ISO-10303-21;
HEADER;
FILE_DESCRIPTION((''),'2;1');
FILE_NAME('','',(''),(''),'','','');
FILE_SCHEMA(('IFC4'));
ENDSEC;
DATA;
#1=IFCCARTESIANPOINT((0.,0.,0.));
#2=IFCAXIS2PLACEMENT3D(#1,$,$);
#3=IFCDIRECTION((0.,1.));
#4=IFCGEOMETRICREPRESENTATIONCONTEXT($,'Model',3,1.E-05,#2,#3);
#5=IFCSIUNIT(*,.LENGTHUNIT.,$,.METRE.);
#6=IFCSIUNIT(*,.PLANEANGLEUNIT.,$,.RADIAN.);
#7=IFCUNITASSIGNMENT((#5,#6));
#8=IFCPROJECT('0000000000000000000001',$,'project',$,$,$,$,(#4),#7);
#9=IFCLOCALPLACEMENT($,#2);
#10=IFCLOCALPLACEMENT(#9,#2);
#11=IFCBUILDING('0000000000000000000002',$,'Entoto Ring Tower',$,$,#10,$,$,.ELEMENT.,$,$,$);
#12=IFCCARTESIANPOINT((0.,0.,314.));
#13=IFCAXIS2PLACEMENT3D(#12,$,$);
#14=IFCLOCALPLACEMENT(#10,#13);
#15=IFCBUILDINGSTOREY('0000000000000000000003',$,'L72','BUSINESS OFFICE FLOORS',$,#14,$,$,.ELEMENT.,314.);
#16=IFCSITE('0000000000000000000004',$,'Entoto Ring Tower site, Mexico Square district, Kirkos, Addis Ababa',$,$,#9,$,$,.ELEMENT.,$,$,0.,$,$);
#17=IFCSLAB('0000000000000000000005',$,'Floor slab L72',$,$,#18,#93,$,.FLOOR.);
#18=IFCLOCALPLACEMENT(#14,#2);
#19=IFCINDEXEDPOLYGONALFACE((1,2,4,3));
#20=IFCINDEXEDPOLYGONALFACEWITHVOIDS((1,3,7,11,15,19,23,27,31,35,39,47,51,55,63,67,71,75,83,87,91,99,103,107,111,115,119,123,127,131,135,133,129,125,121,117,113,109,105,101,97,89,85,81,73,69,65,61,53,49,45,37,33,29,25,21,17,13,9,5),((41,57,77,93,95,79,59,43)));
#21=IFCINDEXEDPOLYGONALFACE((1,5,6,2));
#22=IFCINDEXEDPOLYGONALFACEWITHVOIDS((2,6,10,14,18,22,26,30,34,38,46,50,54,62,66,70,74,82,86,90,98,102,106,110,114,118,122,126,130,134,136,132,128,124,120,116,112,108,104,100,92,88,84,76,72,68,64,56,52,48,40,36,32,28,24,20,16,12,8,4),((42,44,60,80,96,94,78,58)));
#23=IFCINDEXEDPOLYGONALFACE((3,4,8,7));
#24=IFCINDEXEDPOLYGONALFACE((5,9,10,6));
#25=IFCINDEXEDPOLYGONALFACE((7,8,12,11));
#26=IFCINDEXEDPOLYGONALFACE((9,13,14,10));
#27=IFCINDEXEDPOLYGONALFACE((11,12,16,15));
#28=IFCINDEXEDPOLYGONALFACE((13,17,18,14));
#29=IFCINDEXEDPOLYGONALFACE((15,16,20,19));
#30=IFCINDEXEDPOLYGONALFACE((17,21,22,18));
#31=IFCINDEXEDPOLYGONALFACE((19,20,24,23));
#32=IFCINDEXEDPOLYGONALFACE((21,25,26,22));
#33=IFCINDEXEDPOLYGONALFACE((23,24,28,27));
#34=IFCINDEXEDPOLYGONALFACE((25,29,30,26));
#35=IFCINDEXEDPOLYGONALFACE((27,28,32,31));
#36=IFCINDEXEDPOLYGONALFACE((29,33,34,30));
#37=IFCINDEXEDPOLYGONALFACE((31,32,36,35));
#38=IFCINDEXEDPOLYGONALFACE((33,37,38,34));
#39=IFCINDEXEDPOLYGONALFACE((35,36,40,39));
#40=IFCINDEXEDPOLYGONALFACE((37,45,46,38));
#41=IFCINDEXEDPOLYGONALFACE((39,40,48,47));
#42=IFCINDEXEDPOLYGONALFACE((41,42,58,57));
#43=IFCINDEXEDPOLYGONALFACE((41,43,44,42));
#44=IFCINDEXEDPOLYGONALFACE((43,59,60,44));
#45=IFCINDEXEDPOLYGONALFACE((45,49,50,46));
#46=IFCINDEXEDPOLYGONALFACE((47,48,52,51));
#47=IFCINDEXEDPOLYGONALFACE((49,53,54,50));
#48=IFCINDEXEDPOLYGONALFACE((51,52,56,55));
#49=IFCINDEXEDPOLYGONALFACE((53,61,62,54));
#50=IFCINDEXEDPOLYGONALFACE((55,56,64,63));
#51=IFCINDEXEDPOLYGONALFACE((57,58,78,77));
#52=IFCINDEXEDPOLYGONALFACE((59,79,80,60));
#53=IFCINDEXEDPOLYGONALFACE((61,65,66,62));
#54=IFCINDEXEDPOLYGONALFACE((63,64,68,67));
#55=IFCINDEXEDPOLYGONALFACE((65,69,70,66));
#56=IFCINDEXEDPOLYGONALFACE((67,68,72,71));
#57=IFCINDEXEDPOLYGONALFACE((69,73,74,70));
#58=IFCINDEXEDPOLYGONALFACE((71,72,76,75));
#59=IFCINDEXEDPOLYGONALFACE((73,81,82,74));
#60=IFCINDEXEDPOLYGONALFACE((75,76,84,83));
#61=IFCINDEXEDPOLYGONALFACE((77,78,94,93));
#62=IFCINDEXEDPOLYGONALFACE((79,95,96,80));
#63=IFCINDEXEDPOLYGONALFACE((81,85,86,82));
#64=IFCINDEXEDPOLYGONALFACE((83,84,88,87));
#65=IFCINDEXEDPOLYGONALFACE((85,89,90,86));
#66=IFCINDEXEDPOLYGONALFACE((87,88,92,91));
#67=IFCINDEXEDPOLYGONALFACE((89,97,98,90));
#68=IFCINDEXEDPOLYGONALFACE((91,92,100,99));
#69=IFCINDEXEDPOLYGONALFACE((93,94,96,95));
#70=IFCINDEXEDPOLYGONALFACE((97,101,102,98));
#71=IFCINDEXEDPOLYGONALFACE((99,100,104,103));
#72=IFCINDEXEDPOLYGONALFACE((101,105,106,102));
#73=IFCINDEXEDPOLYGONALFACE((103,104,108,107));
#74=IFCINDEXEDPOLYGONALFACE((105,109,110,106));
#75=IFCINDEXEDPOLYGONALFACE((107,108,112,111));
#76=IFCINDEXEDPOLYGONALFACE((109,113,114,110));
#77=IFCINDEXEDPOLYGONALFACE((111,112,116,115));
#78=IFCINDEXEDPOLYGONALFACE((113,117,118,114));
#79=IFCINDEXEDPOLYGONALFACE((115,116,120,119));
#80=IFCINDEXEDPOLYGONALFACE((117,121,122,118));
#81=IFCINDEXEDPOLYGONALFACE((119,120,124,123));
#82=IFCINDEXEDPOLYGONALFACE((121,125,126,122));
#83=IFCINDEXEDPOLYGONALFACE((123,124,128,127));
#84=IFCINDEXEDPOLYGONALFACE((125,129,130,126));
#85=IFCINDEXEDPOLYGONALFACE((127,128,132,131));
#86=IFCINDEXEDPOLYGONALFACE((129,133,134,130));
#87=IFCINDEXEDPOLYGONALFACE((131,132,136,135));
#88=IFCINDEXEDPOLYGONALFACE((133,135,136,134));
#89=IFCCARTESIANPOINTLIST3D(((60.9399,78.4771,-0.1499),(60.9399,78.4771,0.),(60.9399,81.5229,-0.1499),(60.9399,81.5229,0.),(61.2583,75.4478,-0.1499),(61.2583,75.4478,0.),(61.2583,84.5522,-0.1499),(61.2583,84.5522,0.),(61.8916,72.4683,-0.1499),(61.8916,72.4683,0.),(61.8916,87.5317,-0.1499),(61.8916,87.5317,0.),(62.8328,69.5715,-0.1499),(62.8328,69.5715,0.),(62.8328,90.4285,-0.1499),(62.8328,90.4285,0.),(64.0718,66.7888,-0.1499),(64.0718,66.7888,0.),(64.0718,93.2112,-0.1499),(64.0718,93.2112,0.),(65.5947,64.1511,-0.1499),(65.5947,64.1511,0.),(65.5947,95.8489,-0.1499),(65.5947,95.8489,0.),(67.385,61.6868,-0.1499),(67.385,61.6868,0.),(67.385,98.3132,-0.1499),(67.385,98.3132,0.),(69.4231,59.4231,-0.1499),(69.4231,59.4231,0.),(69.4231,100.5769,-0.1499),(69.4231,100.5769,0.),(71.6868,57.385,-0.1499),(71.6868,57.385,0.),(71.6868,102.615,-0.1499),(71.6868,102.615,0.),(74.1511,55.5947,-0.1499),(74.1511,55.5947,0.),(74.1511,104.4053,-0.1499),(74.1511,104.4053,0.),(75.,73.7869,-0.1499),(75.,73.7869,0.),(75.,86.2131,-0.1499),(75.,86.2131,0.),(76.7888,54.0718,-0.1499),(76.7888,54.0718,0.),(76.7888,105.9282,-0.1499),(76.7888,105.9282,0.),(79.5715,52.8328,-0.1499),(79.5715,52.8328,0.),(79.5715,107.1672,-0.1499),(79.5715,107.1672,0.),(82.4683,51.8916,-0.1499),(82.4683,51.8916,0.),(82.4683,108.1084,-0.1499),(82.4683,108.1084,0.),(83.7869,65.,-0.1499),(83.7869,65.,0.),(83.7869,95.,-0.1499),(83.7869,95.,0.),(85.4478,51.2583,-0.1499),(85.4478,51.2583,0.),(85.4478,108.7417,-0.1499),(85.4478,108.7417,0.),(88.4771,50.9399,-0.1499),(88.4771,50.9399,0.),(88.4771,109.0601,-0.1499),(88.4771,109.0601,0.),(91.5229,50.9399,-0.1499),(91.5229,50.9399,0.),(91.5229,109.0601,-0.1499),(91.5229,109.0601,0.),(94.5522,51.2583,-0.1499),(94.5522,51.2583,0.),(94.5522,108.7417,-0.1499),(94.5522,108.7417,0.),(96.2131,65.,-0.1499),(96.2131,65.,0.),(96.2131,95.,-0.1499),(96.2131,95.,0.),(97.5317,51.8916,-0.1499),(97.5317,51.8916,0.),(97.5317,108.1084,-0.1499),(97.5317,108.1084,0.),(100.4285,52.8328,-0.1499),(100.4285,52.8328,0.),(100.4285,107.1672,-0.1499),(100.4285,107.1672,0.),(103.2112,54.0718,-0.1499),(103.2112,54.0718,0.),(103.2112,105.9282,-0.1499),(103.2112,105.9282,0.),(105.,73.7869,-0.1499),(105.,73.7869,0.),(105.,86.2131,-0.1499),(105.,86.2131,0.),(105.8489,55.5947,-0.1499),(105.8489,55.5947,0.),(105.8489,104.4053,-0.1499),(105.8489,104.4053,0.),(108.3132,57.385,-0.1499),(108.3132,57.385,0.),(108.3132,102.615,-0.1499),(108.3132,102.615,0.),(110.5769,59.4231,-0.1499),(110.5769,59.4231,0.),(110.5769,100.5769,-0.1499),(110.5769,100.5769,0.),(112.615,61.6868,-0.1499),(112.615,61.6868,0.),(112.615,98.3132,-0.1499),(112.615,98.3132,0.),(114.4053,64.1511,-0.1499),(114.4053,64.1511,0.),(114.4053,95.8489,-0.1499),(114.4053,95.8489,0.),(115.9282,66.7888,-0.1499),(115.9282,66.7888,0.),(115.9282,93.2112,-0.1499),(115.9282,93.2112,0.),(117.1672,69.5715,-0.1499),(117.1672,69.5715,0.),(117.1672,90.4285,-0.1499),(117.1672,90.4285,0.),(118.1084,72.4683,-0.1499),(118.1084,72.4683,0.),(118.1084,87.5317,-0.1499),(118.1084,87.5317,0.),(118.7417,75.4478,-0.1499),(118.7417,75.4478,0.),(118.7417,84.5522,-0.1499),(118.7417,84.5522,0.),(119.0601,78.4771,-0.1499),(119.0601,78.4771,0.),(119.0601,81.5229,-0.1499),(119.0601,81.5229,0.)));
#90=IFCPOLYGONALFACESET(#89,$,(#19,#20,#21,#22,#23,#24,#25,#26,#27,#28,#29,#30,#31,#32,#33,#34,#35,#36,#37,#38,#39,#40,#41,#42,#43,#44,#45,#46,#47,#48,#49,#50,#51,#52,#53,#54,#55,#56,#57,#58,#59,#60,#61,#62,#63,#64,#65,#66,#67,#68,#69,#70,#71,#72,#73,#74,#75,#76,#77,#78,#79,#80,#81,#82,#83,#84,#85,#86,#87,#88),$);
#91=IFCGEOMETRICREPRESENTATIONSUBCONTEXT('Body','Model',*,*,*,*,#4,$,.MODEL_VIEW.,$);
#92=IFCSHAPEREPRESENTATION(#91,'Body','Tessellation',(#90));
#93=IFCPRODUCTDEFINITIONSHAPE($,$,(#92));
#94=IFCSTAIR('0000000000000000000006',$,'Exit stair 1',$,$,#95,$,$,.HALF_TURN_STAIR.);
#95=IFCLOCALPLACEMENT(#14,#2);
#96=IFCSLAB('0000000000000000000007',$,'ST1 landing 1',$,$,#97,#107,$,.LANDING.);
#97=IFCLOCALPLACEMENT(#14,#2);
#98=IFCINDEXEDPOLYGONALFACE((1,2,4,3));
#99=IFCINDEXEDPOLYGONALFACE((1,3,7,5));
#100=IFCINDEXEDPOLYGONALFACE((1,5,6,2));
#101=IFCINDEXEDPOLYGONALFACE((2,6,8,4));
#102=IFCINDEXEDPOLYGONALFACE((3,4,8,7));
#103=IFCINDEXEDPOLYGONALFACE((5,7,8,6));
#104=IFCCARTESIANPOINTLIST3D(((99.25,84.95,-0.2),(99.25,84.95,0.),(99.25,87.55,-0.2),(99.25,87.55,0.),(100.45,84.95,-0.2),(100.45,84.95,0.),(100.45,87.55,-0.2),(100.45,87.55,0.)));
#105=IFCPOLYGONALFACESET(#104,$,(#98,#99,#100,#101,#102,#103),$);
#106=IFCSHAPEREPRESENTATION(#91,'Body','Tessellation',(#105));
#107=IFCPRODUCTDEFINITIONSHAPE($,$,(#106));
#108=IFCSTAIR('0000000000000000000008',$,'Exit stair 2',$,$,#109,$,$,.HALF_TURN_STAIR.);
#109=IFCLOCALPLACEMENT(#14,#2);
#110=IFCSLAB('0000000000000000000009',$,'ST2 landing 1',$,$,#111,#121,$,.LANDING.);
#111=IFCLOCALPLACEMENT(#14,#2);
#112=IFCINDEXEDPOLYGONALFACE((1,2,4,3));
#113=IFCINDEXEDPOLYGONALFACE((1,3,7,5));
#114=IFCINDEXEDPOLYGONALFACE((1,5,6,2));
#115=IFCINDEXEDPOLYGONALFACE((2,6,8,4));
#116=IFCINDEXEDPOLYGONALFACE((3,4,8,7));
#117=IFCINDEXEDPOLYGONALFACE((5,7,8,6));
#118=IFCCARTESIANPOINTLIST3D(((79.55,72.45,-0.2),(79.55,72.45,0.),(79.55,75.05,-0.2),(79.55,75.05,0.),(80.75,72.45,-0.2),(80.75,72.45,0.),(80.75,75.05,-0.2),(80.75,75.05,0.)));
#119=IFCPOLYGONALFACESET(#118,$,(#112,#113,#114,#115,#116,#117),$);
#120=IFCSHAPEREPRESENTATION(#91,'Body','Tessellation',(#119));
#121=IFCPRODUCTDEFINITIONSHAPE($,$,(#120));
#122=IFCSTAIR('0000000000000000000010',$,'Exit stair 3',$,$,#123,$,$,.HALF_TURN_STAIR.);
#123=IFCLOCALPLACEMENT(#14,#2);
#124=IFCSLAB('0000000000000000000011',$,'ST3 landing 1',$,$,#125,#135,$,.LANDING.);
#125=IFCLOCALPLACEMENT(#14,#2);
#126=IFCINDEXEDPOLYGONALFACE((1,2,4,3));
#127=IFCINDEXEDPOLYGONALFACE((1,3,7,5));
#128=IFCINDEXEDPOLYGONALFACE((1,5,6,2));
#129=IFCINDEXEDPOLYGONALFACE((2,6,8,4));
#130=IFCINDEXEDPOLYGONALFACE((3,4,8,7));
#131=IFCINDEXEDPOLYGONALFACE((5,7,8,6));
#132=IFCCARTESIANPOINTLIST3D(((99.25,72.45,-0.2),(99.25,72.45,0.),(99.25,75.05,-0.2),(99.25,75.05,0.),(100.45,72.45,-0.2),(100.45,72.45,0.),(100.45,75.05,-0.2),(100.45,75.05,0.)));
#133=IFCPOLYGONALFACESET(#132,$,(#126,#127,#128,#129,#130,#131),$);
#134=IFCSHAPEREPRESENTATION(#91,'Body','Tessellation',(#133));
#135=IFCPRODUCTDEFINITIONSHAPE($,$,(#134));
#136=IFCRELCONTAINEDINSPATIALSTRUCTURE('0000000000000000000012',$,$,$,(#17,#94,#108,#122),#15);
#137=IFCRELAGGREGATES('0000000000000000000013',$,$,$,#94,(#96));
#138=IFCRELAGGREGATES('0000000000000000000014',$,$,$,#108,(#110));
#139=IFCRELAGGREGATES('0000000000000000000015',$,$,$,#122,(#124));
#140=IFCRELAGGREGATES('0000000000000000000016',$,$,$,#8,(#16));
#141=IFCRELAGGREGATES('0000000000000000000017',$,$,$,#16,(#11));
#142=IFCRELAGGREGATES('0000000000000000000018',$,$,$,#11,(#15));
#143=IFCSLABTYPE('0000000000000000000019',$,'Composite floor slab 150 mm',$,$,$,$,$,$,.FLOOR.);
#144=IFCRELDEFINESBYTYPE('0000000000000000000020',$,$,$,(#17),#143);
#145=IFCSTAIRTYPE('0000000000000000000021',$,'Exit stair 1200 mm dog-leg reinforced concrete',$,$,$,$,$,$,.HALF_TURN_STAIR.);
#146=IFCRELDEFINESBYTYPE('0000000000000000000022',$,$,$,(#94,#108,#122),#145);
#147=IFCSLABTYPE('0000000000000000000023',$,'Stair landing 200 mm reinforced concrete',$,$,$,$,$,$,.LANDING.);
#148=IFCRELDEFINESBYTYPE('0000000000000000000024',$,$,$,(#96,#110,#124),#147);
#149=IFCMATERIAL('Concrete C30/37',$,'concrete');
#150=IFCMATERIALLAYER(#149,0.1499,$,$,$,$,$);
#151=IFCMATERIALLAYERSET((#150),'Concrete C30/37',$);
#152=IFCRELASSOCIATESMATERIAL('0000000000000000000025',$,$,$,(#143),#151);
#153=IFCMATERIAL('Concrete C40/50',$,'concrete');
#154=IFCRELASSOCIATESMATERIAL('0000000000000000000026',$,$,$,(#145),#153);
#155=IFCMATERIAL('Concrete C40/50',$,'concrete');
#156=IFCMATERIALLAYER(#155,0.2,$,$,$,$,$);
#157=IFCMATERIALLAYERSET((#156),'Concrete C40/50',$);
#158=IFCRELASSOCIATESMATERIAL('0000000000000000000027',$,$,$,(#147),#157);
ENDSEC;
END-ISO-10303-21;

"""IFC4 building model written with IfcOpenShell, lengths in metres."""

from ifc_helpers import new_model, si_unit, direction, frame, origin, place, context, subcontext, project, spatial, polyline, outline, extrude, material, layer, layer_set, type_object, element, aggregate, save


model = new_model("IFC4")

# Units and contexts
model_context = context("Model", 3, precision=1e-05, world=origin(), true_north=direction((0.0, 1.0)))
body_context = subcontext(model_context, "Body", "Model", "MODEL_VIEW")
ifc_project = project(units=[si_unit("LENGTHUNIT", "METRE"), si_unit("PLANEANGLEUNIT", "RADIAN")], contexts=[model_context])

# Site, building, storey
site_placement = place(None, origin())
building_placement = place(site_placement, origin())
storey_placement = place(building_placement, frame((0.0, 0.0, 314.0)))
site = spatial("IfcSite", under=ifc_project, at=site_placement, Name="Entoto Ring Tower site, Mexico Square district, Kirkos, Addis Ababa", CompositionType="ELEMENT", RefElevation=0.0)
building = spatial("IfcBuilding", under=site, at=building_placement, Name="Entoto Ring Tower", CompositionType="ELEMENT")
storey = spatial("IfcBuildingStorey", under=building, at=storey_placement, Name="L72", Description="BUSINESS OFFICE FLOORS", CompositionType="ELEMENT", Elevation=314.0)

# Slab
ifc_material_1 = material(Name="Concrete C30/37", Category="concrete")
ifc_layer_1 = layer(ifc_material_1, 0.1499)
ifc_layer_set_1 = layer_set([ifc_layer_1], Name="Concrete C30/37")
slab_type_1 = type_object("IfcSlabType", Name="Composite floor slab 150 mm", PredefinedType="FLOOR", material=ifc_layer_set_1)
slab_1_placement = place(storey_placement, frame((0.0, 0.0, -0.1499)))
element("IfcSlab", 1, at=slab_1_placement, inside=storey, type_object=slab_type_1, Name="Floor slab L72", PredefinedType="FLOOR", context=body_context, shape_type="SweptSolid", body=[
    extrude(outline(polyline([(118.7417, 84.5522), (118.1084, 87.5317), (117.1672, 90.4285), (115.9282, 93.2112), (114.4053, 95.8489), (112.615, 98.3132), (110.5769, 100.5769), (108.3132, 102.615), (105.8489, 104.4053), (103.2112, 105.9282), (100.4285, 107.1672), (97.5317, 108.1084), (94.5522, 108.7417), (91.5229, 109.0601), (88.4771, 109.0601), (85.4478, 108.7417), (82.4683, 108.1084), (79.5715, 107.1672), (76.7888, 105.9282), (74.1511, 104.4053), (71.6868, 102.615), (69.4231, 100.5769), (67.385, 98.3132), (65.5947, 95.8489), (64.0718, 93.2112), (62.8328, 90.4285), (61.8916, 87.5317), (61.2583, 84.5522), (60.9399, 81.5229), (60.9399, 78.4771), (61.2583, 75.4478), (61.8916, 72.4683), (62.8328, 69.5715), (64.0718, 66.7888), (65.5947, 64.1511), (67.385, 61.6868), (69.4231, 59.4231), (71.6868, 57.385), (74.1511, 55.5947), (76.7888, 54.0718), (79.5715, 52.8328), (82.4683, 51.8916), (85.4478, 51.2583), (88.4771, 50.9399), (91.5229, 50.9399), (94.5522, 51.2583), (97.5317, 51.8916), (100.4285, 52.8328), (103.2112, 54.0718), (105.8489, 55.5947), (108.3132, 57.385), (110.5769, 59.4231), (112.615, 61.6868), (114.4053, 64.1511), (115.9282, 66.7888), (117.1672, 69.5715), (118.1084, 72.4683), (118.7417, 75.4478), (119.0601, 78.4771), (119.0601, 81.5229), (118.7417, 84.5522)]), holes=[polyline([(105.0, 73.7869), (105.0, 86.2131), (96.2131, 95.0), (83.7869, 95.0), (75.0, 86.2131), (75.0, 73.7869), (83.7869, 65.0), (96.2131, 65.0), (105.0, 73.7869)])]), origin(), (0.0, 0.0, 1.0), 0.1499),
])

# Stairs, slabs
ifc_material_2 = material(Name="Concrete C40/50", Category="concrete")
stair_type = type_object("IfcStairType", Name="Exit stair 1200 mm dog-leg reinforced concrete", PredefinedType="HALF_TURN_STAIR", material=ifc_material_2)
stair_1_placement = place(storey_placement, origin())
stair_1 = element("IfcStair", 2, at=stair_1_placement, inside=storey, type_object=stair_type, Name="Exit stair 1", PredefinedType="HALF_TURN_STAIR")
ifc_material_3 = material(Name="Concrete C40/50", Category="concrete")
ifc_layer_2 = layer(ifc_material_3, 0.2)
ifc_layer_set_2 = layer_set([ifc_layer_2], Name="Concrete C40/50")
slab_type_2 = type_object("IfcSlabType", Name="Stair landing 200 mm reinforced concrete", PredefinedType="LANDING", material=ifc_layer_set_2)
slab_2_placement = place(storey_placement, frame((0.0, 0.0, -0.2)))
slab_2 = element("IfcSlab", 3, at=slab_2_placement, type_object=slab_type_2, Name="ST1 landing 1", PredefinedType="LANDING", context=body_context, shape_type="SweptSolid", body=[
    extrude(outline(polyline([(100.45, 84.95), (100.45, 87.55), (99.25, 87.55), (99.25, 84.95), (100.45, 84.95)])), origin(), (0.0, 0.0, 1.0), 0.2),
])
aggregate(stair_1, [slab_2])
stair_2_placement = place(storey_placement, origin())
stair_2 = element("IfcStair", 4, at=stair_2_placement, inside=storey, type_object=stair_type, Name="Exit stair 2", PredefinedType="HALF_TURN_STAIR")
slab_3_placement = place(storey_placement, frame((0.0, 0.0, -0.2)))
slab_3 = element("IfcSlab", 5, at=slab_3_placement, type_object=slab_type_2, Name="ST2 landing 1", PredefinedType="LANDING", context=body_context, shape_type="SweptSolid", body=[
    extrude(outline(polyline([(80.75, 72.45), (80.75, 75.05), (79.55, 75.05), (79.55, 72.45), (80.75, 72.45)])), origin(), (0.0, 0.0, 1.0), 0.2),
])
aggregate(stair_2, [slab_3])
stair_3_placement = place(storey_placement, origin())
stair_3 = element("IfcStair", 6, at=stair_3_placement, inside=storey, type_object=stair_type, Name="Exit stair 3", PredefinedType="HALF_TURN_STAIR")
slab_4_placement = place(storey_placement, frame((0.0, 0.0, -0.2)))
slab_4 = element("IfcSlab", 7, at=slab_4_placement, type_object=slab_type_2, Name="ST3 landing 1", PredefinedType="LANDING", context=body_context, shape_type="SweptSolid", body=[
    extrude(outline(polyline([(100.45, 72.45), (100.45, 75.05), (99.25, 75.05), (99.25, 72.45), (100.45, 72.45)])), origin(), (0.0, 0.0, 1.0), 0.2),
])
aggregate(stair_3, [slab_4])

save(model, "model.ifc")
